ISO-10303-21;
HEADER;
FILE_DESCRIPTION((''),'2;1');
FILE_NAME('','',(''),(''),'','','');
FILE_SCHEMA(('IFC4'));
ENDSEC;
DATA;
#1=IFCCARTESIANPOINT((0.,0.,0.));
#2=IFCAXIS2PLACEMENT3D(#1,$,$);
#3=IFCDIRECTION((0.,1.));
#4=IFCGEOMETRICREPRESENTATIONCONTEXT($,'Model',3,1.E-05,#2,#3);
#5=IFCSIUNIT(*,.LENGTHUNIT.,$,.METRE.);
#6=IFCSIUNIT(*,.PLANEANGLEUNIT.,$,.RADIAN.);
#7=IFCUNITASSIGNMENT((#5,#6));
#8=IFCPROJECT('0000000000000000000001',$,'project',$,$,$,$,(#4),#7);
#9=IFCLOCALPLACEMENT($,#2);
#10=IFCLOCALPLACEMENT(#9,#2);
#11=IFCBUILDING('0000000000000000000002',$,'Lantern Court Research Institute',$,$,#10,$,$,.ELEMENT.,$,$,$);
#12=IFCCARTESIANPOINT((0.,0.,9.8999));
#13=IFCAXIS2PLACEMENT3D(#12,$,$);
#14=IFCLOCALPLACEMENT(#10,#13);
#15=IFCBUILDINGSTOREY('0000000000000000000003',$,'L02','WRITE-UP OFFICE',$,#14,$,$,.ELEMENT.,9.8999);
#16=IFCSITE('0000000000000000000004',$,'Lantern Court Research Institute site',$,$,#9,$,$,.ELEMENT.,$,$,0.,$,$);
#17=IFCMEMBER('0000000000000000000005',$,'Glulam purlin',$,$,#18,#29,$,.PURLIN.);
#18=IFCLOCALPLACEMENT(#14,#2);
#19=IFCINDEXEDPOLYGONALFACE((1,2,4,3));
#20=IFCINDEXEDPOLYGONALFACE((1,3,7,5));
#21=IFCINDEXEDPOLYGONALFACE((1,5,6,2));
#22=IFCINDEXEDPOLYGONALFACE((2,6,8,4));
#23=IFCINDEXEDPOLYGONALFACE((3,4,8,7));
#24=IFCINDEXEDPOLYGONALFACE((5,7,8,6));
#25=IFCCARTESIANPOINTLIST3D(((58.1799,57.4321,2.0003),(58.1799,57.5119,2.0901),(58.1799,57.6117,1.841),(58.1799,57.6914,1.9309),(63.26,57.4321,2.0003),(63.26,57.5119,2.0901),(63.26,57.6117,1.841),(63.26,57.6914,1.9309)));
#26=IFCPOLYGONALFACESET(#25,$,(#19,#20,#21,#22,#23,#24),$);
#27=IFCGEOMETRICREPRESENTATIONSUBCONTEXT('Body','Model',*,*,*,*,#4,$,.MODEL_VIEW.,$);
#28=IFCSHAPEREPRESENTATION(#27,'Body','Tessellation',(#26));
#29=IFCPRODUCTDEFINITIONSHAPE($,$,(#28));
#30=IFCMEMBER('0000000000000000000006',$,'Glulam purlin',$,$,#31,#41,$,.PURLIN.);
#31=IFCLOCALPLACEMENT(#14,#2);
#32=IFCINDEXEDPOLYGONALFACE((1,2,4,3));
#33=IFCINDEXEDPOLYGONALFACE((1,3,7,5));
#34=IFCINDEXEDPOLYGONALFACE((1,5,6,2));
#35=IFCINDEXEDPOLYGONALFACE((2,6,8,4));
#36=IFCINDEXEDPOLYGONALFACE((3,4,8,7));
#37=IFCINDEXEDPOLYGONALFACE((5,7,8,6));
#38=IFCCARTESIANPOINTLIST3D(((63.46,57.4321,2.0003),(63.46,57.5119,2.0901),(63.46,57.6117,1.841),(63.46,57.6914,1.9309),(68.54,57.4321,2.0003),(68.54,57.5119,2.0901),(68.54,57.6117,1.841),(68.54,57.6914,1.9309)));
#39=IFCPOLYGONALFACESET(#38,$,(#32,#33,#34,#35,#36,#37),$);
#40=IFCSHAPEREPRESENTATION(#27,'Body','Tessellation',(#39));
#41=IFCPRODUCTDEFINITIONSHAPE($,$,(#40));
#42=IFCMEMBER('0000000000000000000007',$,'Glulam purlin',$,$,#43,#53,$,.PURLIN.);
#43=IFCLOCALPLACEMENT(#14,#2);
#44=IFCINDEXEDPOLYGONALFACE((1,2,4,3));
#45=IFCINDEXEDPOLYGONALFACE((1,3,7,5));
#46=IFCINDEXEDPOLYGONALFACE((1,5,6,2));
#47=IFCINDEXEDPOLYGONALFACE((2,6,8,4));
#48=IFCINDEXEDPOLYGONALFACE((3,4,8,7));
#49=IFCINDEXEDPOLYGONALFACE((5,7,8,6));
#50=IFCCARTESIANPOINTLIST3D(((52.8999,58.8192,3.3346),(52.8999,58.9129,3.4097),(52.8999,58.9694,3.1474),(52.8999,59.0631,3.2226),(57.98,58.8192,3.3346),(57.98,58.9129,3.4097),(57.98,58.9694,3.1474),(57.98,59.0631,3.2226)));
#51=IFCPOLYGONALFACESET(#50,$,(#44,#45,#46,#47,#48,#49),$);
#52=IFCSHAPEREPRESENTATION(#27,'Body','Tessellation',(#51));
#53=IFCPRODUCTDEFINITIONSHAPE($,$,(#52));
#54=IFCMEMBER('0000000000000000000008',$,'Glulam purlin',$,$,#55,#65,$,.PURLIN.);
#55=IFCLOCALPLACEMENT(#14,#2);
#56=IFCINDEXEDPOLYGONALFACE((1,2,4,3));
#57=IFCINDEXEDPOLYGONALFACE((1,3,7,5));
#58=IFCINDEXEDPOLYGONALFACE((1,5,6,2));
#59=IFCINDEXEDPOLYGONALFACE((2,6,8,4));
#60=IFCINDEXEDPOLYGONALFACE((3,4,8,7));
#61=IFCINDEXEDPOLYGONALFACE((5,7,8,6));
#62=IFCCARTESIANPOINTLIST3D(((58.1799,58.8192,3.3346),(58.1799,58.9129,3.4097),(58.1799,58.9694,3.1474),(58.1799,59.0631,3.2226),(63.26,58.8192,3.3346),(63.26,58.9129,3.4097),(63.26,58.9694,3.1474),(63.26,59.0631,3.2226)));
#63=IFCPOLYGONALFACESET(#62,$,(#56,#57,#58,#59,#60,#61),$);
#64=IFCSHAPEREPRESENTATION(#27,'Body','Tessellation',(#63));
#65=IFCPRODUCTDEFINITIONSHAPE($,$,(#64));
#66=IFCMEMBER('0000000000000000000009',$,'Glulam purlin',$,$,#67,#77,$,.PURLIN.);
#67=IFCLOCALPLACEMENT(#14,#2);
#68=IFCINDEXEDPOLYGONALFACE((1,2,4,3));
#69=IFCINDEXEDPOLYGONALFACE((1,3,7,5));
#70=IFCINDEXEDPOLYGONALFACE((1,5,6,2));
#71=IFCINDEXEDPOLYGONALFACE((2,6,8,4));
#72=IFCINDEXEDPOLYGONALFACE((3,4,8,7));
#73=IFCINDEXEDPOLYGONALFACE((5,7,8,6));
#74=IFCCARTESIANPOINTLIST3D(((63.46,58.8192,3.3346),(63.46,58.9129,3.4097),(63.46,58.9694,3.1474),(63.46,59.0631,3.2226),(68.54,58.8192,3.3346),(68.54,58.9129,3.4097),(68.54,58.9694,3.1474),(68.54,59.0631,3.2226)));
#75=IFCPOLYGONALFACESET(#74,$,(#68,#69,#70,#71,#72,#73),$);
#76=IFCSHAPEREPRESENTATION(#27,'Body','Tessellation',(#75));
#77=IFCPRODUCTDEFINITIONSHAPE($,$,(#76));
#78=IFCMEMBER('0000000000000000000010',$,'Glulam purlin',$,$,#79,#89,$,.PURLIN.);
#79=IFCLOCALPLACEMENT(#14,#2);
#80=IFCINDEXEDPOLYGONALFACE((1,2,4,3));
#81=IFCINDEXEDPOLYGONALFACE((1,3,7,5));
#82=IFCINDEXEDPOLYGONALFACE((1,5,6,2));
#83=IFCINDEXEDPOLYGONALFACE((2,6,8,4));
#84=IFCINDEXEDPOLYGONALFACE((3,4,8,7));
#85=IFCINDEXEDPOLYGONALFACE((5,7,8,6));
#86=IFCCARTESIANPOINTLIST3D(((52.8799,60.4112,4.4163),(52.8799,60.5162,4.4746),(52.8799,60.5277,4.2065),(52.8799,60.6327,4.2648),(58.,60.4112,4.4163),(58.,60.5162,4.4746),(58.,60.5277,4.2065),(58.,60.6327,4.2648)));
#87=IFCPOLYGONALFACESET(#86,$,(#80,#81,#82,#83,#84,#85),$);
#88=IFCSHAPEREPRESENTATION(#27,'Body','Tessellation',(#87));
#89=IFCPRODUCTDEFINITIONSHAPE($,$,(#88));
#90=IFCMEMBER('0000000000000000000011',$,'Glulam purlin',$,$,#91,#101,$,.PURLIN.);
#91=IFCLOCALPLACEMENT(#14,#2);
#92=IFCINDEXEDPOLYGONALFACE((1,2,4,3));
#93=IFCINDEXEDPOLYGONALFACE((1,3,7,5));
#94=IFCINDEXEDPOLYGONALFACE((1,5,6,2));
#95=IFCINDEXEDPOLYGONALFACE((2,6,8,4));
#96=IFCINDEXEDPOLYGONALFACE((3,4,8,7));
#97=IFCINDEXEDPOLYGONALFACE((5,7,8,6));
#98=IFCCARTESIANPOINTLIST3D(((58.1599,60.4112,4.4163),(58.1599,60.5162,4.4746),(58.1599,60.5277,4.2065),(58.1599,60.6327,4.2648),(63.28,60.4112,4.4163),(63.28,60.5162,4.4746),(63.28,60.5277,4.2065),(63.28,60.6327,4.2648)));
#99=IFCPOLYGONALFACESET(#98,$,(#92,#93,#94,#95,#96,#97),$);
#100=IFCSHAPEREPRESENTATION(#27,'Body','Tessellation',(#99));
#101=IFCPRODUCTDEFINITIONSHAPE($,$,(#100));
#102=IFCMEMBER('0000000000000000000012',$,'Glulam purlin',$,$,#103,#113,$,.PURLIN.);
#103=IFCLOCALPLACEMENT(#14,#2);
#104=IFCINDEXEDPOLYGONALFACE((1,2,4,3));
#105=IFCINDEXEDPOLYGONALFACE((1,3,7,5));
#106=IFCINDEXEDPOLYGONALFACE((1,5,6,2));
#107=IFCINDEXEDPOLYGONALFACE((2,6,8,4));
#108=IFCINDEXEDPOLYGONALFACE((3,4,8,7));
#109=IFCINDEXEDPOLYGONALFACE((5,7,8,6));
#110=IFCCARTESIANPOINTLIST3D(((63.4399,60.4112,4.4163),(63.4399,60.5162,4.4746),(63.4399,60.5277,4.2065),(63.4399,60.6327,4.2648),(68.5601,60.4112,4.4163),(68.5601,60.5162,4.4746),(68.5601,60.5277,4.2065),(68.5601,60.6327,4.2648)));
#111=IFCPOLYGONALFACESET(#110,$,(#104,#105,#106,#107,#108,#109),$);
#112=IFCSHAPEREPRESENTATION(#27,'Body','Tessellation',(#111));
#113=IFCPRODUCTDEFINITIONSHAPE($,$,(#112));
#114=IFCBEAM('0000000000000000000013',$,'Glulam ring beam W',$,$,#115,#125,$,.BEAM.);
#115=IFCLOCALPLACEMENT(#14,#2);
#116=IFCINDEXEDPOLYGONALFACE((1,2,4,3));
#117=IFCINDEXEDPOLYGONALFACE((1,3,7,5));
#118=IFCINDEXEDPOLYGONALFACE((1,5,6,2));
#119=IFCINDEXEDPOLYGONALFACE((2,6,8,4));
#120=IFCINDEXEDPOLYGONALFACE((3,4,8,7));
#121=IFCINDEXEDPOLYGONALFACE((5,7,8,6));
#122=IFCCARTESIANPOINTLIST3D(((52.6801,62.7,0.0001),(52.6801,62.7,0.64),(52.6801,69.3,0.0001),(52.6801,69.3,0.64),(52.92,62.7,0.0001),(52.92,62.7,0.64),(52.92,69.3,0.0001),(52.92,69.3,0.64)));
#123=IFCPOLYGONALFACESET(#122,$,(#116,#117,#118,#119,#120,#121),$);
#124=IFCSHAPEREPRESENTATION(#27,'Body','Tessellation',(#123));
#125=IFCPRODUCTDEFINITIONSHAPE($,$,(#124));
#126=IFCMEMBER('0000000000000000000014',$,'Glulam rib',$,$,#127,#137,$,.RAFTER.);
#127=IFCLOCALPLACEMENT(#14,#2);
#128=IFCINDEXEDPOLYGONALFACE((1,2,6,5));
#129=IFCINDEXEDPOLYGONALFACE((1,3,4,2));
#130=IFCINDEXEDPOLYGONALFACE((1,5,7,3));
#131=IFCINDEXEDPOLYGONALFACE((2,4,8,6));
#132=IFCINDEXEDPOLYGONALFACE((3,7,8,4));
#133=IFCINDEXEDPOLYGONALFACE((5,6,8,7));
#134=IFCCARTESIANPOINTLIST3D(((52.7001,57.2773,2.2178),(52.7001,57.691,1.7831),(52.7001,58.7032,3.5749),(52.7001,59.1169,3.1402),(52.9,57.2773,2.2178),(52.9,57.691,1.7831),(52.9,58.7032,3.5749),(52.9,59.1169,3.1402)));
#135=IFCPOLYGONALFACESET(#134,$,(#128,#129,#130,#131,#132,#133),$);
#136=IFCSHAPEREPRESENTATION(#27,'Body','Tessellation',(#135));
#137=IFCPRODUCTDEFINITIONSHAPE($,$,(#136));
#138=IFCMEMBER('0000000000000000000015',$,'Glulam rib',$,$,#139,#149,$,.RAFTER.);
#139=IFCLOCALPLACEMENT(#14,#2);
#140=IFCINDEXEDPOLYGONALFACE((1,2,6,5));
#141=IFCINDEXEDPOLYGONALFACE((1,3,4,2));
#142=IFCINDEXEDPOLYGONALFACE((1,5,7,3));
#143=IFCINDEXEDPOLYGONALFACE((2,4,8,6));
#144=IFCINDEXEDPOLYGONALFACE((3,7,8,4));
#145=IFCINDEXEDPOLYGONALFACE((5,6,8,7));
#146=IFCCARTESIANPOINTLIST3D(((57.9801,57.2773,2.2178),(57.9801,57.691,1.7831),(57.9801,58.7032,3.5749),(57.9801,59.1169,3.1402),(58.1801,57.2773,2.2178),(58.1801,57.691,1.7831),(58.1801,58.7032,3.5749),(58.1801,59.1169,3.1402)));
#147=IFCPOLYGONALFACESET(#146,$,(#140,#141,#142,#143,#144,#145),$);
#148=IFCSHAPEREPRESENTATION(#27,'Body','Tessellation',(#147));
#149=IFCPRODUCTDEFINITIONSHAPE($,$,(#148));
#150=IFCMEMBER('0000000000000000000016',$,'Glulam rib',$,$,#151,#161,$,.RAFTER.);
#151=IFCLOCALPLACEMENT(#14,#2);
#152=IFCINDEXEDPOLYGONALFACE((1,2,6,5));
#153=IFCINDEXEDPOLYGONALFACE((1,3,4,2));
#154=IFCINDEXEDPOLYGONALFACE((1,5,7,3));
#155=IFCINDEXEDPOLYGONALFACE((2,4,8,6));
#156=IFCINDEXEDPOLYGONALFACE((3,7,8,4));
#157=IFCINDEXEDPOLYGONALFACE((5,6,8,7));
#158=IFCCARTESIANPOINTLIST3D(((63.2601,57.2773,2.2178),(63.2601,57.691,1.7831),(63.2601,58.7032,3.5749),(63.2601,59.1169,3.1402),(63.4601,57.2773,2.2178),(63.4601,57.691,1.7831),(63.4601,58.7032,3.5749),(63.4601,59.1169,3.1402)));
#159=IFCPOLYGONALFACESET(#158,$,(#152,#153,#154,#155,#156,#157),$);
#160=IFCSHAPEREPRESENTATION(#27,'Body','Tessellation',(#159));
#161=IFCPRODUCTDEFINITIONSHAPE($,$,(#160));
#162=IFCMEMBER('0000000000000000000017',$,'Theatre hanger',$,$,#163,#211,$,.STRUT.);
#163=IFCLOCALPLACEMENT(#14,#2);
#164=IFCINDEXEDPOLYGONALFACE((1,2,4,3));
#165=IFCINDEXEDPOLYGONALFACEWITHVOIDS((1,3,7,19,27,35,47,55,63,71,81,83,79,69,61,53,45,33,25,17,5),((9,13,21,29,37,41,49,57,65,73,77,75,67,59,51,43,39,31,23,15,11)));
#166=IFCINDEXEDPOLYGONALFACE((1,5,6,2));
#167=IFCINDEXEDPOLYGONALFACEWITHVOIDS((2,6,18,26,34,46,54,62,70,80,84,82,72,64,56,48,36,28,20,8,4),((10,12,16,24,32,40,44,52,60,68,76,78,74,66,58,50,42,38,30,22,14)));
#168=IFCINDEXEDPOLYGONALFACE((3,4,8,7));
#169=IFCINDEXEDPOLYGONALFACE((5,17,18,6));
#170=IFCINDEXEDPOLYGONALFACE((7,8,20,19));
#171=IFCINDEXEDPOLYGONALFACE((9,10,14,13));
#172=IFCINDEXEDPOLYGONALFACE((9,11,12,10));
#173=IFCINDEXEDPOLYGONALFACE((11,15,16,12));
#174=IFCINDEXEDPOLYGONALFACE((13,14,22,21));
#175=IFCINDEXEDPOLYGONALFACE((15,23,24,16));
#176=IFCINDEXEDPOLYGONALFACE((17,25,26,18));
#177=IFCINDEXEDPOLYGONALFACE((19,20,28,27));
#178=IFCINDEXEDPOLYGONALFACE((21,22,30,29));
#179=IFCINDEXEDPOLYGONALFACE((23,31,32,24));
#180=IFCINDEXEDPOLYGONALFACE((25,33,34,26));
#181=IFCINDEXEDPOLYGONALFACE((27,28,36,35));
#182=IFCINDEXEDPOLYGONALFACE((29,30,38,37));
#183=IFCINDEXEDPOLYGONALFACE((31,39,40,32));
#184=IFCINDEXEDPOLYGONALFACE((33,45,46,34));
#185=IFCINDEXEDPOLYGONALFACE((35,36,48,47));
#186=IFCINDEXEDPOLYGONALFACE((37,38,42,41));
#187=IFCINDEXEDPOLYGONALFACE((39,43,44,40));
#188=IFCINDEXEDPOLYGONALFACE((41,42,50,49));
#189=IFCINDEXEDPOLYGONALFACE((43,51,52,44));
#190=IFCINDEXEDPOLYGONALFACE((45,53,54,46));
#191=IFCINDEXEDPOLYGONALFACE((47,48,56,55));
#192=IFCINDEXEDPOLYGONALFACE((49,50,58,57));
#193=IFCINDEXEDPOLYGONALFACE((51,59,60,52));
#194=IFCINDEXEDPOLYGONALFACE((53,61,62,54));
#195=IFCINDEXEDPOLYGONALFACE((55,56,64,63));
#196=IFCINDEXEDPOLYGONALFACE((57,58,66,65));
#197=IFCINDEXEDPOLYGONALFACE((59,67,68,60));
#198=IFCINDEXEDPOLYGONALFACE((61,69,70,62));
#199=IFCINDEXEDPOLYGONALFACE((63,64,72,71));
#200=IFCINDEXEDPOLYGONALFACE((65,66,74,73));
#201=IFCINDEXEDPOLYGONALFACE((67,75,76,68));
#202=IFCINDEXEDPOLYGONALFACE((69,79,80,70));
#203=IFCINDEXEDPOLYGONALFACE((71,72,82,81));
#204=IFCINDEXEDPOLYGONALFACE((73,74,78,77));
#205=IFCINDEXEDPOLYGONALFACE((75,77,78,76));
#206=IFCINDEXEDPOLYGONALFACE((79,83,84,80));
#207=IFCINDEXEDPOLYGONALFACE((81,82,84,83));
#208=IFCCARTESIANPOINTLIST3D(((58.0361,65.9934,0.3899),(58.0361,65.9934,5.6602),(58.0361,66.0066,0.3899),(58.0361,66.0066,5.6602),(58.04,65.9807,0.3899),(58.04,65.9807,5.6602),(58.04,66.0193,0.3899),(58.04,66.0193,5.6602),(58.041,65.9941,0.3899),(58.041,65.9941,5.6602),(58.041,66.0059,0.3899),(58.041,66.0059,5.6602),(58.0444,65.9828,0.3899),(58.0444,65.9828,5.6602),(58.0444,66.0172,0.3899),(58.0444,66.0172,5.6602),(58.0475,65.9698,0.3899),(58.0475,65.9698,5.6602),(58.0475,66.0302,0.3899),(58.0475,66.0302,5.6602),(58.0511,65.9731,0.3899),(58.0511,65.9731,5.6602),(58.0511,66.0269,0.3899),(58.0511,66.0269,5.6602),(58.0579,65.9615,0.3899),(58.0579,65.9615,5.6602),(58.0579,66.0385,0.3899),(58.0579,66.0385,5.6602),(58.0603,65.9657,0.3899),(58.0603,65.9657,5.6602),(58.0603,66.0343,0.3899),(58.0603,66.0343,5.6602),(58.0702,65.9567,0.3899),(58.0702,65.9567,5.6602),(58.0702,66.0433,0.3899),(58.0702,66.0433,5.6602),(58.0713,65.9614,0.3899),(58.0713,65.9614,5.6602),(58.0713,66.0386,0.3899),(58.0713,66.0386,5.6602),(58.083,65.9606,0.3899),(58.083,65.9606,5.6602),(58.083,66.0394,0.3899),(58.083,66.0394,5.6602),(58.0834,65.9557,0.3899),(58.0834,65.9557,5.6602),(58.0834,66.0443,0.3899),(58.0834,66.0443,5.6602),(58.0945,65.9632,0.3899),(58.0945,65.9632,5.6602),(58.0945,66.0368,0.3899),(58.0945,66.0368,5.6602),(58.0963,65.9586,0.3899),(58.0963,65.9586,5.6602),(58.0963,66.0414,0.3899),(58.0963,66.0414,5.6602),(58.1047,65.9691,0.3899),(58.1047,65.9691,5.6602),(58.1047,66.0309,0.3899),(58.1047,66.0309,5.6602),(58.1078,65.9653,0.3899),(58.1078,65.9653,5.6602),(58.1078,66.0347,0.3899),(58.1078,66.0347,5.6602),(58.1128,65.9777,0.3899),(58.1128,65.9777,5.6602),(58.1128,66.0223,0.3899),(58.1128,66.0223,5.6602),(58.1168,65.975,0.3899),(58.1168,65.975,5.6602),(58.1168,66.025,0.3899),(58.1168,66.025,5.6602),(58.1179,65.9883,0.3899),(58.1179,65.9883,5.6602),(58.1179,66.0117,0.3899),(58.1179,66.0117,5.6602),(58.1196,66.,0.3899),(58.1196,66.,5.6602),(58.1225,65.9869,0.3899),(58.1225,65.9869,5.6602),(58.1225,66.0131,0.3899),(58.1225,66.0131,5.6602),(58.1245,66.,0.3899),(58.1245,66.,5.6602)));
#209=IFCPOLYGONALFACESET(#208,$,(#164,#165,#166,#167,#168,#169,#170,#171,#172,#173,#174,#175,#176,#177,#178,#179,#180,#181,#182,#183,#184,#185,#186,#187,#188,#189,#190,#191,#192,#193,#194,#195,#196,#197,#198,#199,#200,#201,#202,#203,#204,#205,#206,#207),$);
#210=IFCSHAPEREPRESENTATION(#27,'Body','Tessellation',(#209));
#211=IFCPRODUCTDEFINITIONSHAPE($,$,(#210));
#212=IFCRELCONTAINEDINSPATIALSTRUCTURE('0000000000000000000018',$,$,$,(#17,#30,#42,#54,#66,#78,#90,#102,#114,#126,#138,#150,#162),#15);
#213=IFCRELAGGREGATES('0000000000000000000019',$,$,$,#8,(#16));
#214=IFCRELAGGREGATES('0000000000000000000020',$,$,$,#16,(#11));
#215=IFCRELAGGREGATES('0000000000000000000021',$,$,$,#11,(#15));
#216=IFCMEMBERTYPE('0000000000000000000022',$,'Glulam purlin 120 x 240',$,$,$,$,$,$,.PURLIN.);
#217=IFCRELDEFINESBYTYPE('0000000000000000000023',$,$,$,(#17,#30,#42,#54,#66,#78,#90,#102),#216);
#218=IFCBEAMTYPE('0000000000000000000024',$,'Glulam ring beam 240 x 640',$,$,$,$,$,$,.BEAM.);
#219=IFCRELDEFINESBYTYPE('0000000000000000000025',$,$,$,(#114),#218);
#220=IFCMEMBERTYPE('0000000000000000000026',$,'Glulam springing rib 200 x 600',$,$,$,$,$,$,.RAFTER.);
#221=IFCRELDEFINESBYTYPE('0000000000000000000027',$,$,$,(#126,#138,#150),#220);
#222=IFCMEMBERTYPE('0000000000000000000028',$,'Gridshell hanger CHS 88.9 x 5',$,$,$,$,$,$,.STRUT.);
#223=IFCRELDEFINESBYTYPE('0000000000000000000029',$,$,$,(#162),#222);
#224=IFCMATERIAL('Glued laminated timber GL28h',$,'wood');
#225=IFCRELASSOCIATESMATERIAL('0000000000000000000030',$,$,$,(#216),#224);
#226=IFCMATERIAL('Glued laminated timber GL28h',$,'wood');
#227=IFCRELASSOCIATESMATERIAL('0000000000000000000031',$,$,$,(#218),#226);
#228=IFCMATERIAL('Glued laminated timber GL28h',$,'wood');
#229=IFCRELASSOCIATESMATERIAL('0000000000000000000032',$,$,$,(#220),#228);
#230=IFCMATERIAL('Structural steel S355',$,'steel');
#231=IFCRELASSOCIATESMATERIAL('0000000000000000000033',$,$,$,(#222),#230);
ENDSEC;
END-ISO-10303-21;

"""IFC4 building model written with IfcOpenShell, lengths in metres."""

from ifc_helpers import new_model, si_unit, direction, frame, origin, origin_2d, place, context, subcontext, project, spatial, rectangle, hollow_circle, extrude, material, material_profile, profile_set, type_object, element, save


model = new_model("IFC4")

# Units and contexts
model_context = context("Model", 3, precision=1e-05, world=origin(), true_north=direction((0.0, 1.0)))
body_context = subcontext(model_context, "Body", "Model", "MODEL_VIEW")
ifc_project = project(units=[si_unit("LENGTHUNIT", "METRE"), si_unit("PLANEANGLEUNIT", "RADIAN")], contexts=[model_context])

# Site, building, storey
site_placement = place(None, origin())
site = spatial("IfcSite", under=ifc_project, at=site_placement, Name="Lantern Court Research Institute site", CompositionType="ELEMENT", RefElevation=0.0)
building_placement = place(site_placement, origin())
building = spatial("IfcBuilding", under=site, at=building_placement, Name="Lantern Court Research Institute", CompositionType="ELEMENT")
storey_placement = place(building_placement, frame((0.0, 0.0, 9.8999)))
storey = spatial("IfcBuildingStorey", under=building, at=storey_placement, Name="L02", Description="WRITE-UP OFFICE", CompositionType="ELEMENT", Elevation=9.8999)

# Members
ifc_material_1 = material(Name="Glued laminated timber GL28h", Category="wood")
ifc_material_profile_1 = material_profile(ifc_material_1, rectangle(XDim=0.1201, YDim=0.24, at=origin_2d()), Name="Glulam purlin 120 x 240")
ifc_profile_set_1 = profile_set([ifc_material_profile_1], Name="Glued laminated timber GL28h")
member_type_1 = type_object("IfcMemberType", Name="Glulam purlin 120 x 240", PredefinedType="PURLIN", material=ifc_profile_set_1)
for number, where, z_axis, x_axis, name in (
    (1, (58.1799, 57.5618, 1.9656), (1.0, 0.0, 0.0), (0.0, 0.663608, 0.74808), "Glulam purlin"),
    (2, (63.46, 57.5618, 1.9656), (1.0, 0.0, 0.0), (0.0, 0.663608, 0.74808), "Glulam purlin"),
    (3, (52.8999, 58.9412, 3.2786), (1.0, 0.0, 0.0), (0.0, 0.779999, 0.62578), "Glulam purlin"),
    (4, (58.1799, 58.9412, 3.2786), (1.0, 0.0, 0.0), (0.0, 0.779999, 0.62578), "Glulam purlin"),
    (5, (63.46, 58.9412, 3.2786), (1.0, 0.0, 0.0), (0.0, 0.779999, 0.62578), "Glulam purlin"),
):
    element("IfcMember", number, at=place(storey_placement, frame(where, z_axis=z_axis, x_axis=x_axis)), inside=storey, type_object=member_type_1, Name=name, PredefinedType="PURLIN", context=body_context, shape_type="SweptSolid", body=[
        extrude(rectangle(XDim=0.1201, YDim=0.24, at=origin_2d()), origin(), (0.0, 0.0, 1.0), 5.0801),
    ])
for number, where, z_axis, x_axis, name in (
    (6, (52.8799, 60.522, 4.3406), (1.0, 0.0, 0.0), (0.0, 0.874157, 0.485643), "Glulam purlin"),
    (7, (58.1599, 60.522, 4.3406), (1.0, 0.0, 0.0), (0.0, 0.874157, 0.485643), "Glulam purlin"),
    (8, (63.4399, 60.522, 4.3406), (1.0, 0.0, 0.0), (0.0, 0.874157, 0.485643), "Glulam purlin"),
):
    element("IfcMember", number, at=place(storey_placement, frame(where, z_axis=z_axis, x_axis=x_axis)), inside=storey, type_object=member_type_1, Name=name, PredefinedType="PURLIN", context=body_context, shape_type="SweptSolid", body=[
        extrude(rectangle(XDim=0.1201, YDim=0.24, at=origin_2d()), origin(), (0.0, 0.0, 1.0), 5.1201),
    ])

# Beam
ifc_material_2 = material(Name="Glued laminated timber GL28h", Category="wood")
ifc_material_profile_2 = material_profile(ifc_material_2, rectangle(XDim=0.24, YDim=0.6399, at=origin_2d()), Name="Glulam ring beam 240 x 640")
ifc_profile_set_2 = profile_set([ifc_material_profile_2], Name="Glued laminated timber GL28h")
beam_type = type_object("IfcBeamType", Name="Glulam ring beam 240 x 640", PredefinedType="BEAM", material=ifc_profile_set_2)
beam_placement = place(storey_placement, frame((52.8, 62.7, 0.3201), z_axis=(0.0, 1.0, 0.0), x_axis=(-1.0, 0.0, 0.0)))
element("IfcBeam", 9, at=beam_placement, inside=storey, type_object=beam_type, Name="Glulam ring beam W", PredefinedType="BEAM", context=body_context, shape_type="SweptSolid", body=[
    extrude(rectangle(XDim=0.24, YDim=0.6399, at=origin_2d()), origin(), (0.0, 0.0, 1.0), 6.6001),
])

# Members
ifc_material_3 = material(Name="Glued laminated timber GL28h", Category="wood")
ifc_material_profile_3 = material_profile(ifc_material_3, rectangle(XDim=0.2, YDim=0.6001, at=origin_2d()), Name="Glulam springing rib 200 x 600")
ifc_profile_set_3 = profile_set([ifc_material_profile_3], Name="Glued laminated timber GL28h")
member_type_2 = type_object("IfcMemberType", Name="Glulam springing rib 200 x 600", PredefinedType="RAFTER", material=ifc_profile_set_3)
for number, where, z_axis, x_axis, name in (
    (10, (52.8, 57.4841, 2.0005), (0.0, 0.724377, 0.689404), (-1.0, 0.0, 0.0), "Glulam rib"),
    (11, (58.0801, 57.4841, 2.0005), (0.0, 0.724377, 0.689404), (-1.0, 0.0, 0.0), "Glulam rib"),
    (12, (63.3601, 57.4841, 2.0005), (0.0, 0.724377, 0.689404), (-1.0, 0.0, 0.0), "Glulam rib"),
):
    element("IfcMember", number, at=place(storey_placement, frame(where, z_axis=z_axis, x_axis=x_axis)), inside=storey, type_object=member_type_2, Name=name, PredefinedType="RAFTER", context=body_context, shape_type="SweptSolid", body=[
        extrude(rectangle(XDim=0.2, YDim=0.6001, at=origin_2d()), origin(), (0.0, 0.0, 1.0), 1.9685),
    ])
ifc_material_4 = material(Name="Structural steel S355", Category="steel")
ifc_material_profile_4 = material_profile(ifc_material_4, hollow_circle(Radius=0.0444, WallThickness=0.0049, at=origin_2d()), Name="Gridshell hanger CHS 88.9 x 5")
ifc_profile_set_4 = profile_set([ifc_material_profile_4], Name="Structural steel S355")
member_type_3 = type_object("IfcMemberType", Name="Gridshell hanger CHS 88.9 x 5", PredefinedType="STRUT", material=ifc_profile_set_4)
member_1_placement = place(storey_placement, frame((58.0801, 66.0, 0.3899), z_axis=(0.0, 0.0, 1.0), x_axis=(1.0, 0.0, 0.0)))
element("IfcMember", 13, at=member_1_placement, inside=storey, type_object=member_type_3, Name="Theatre hanger", PredefinedType="STRUT", context=body_context, shape_type="SweptSolid", body=[
    extrude(hollow_circle(Radius=0.0444, WallThickness=0.0049, at=origin_2d()), origin(), (0.0, 0.0, 1.0), 5.2703),
])

save(model, "model.ifc")
